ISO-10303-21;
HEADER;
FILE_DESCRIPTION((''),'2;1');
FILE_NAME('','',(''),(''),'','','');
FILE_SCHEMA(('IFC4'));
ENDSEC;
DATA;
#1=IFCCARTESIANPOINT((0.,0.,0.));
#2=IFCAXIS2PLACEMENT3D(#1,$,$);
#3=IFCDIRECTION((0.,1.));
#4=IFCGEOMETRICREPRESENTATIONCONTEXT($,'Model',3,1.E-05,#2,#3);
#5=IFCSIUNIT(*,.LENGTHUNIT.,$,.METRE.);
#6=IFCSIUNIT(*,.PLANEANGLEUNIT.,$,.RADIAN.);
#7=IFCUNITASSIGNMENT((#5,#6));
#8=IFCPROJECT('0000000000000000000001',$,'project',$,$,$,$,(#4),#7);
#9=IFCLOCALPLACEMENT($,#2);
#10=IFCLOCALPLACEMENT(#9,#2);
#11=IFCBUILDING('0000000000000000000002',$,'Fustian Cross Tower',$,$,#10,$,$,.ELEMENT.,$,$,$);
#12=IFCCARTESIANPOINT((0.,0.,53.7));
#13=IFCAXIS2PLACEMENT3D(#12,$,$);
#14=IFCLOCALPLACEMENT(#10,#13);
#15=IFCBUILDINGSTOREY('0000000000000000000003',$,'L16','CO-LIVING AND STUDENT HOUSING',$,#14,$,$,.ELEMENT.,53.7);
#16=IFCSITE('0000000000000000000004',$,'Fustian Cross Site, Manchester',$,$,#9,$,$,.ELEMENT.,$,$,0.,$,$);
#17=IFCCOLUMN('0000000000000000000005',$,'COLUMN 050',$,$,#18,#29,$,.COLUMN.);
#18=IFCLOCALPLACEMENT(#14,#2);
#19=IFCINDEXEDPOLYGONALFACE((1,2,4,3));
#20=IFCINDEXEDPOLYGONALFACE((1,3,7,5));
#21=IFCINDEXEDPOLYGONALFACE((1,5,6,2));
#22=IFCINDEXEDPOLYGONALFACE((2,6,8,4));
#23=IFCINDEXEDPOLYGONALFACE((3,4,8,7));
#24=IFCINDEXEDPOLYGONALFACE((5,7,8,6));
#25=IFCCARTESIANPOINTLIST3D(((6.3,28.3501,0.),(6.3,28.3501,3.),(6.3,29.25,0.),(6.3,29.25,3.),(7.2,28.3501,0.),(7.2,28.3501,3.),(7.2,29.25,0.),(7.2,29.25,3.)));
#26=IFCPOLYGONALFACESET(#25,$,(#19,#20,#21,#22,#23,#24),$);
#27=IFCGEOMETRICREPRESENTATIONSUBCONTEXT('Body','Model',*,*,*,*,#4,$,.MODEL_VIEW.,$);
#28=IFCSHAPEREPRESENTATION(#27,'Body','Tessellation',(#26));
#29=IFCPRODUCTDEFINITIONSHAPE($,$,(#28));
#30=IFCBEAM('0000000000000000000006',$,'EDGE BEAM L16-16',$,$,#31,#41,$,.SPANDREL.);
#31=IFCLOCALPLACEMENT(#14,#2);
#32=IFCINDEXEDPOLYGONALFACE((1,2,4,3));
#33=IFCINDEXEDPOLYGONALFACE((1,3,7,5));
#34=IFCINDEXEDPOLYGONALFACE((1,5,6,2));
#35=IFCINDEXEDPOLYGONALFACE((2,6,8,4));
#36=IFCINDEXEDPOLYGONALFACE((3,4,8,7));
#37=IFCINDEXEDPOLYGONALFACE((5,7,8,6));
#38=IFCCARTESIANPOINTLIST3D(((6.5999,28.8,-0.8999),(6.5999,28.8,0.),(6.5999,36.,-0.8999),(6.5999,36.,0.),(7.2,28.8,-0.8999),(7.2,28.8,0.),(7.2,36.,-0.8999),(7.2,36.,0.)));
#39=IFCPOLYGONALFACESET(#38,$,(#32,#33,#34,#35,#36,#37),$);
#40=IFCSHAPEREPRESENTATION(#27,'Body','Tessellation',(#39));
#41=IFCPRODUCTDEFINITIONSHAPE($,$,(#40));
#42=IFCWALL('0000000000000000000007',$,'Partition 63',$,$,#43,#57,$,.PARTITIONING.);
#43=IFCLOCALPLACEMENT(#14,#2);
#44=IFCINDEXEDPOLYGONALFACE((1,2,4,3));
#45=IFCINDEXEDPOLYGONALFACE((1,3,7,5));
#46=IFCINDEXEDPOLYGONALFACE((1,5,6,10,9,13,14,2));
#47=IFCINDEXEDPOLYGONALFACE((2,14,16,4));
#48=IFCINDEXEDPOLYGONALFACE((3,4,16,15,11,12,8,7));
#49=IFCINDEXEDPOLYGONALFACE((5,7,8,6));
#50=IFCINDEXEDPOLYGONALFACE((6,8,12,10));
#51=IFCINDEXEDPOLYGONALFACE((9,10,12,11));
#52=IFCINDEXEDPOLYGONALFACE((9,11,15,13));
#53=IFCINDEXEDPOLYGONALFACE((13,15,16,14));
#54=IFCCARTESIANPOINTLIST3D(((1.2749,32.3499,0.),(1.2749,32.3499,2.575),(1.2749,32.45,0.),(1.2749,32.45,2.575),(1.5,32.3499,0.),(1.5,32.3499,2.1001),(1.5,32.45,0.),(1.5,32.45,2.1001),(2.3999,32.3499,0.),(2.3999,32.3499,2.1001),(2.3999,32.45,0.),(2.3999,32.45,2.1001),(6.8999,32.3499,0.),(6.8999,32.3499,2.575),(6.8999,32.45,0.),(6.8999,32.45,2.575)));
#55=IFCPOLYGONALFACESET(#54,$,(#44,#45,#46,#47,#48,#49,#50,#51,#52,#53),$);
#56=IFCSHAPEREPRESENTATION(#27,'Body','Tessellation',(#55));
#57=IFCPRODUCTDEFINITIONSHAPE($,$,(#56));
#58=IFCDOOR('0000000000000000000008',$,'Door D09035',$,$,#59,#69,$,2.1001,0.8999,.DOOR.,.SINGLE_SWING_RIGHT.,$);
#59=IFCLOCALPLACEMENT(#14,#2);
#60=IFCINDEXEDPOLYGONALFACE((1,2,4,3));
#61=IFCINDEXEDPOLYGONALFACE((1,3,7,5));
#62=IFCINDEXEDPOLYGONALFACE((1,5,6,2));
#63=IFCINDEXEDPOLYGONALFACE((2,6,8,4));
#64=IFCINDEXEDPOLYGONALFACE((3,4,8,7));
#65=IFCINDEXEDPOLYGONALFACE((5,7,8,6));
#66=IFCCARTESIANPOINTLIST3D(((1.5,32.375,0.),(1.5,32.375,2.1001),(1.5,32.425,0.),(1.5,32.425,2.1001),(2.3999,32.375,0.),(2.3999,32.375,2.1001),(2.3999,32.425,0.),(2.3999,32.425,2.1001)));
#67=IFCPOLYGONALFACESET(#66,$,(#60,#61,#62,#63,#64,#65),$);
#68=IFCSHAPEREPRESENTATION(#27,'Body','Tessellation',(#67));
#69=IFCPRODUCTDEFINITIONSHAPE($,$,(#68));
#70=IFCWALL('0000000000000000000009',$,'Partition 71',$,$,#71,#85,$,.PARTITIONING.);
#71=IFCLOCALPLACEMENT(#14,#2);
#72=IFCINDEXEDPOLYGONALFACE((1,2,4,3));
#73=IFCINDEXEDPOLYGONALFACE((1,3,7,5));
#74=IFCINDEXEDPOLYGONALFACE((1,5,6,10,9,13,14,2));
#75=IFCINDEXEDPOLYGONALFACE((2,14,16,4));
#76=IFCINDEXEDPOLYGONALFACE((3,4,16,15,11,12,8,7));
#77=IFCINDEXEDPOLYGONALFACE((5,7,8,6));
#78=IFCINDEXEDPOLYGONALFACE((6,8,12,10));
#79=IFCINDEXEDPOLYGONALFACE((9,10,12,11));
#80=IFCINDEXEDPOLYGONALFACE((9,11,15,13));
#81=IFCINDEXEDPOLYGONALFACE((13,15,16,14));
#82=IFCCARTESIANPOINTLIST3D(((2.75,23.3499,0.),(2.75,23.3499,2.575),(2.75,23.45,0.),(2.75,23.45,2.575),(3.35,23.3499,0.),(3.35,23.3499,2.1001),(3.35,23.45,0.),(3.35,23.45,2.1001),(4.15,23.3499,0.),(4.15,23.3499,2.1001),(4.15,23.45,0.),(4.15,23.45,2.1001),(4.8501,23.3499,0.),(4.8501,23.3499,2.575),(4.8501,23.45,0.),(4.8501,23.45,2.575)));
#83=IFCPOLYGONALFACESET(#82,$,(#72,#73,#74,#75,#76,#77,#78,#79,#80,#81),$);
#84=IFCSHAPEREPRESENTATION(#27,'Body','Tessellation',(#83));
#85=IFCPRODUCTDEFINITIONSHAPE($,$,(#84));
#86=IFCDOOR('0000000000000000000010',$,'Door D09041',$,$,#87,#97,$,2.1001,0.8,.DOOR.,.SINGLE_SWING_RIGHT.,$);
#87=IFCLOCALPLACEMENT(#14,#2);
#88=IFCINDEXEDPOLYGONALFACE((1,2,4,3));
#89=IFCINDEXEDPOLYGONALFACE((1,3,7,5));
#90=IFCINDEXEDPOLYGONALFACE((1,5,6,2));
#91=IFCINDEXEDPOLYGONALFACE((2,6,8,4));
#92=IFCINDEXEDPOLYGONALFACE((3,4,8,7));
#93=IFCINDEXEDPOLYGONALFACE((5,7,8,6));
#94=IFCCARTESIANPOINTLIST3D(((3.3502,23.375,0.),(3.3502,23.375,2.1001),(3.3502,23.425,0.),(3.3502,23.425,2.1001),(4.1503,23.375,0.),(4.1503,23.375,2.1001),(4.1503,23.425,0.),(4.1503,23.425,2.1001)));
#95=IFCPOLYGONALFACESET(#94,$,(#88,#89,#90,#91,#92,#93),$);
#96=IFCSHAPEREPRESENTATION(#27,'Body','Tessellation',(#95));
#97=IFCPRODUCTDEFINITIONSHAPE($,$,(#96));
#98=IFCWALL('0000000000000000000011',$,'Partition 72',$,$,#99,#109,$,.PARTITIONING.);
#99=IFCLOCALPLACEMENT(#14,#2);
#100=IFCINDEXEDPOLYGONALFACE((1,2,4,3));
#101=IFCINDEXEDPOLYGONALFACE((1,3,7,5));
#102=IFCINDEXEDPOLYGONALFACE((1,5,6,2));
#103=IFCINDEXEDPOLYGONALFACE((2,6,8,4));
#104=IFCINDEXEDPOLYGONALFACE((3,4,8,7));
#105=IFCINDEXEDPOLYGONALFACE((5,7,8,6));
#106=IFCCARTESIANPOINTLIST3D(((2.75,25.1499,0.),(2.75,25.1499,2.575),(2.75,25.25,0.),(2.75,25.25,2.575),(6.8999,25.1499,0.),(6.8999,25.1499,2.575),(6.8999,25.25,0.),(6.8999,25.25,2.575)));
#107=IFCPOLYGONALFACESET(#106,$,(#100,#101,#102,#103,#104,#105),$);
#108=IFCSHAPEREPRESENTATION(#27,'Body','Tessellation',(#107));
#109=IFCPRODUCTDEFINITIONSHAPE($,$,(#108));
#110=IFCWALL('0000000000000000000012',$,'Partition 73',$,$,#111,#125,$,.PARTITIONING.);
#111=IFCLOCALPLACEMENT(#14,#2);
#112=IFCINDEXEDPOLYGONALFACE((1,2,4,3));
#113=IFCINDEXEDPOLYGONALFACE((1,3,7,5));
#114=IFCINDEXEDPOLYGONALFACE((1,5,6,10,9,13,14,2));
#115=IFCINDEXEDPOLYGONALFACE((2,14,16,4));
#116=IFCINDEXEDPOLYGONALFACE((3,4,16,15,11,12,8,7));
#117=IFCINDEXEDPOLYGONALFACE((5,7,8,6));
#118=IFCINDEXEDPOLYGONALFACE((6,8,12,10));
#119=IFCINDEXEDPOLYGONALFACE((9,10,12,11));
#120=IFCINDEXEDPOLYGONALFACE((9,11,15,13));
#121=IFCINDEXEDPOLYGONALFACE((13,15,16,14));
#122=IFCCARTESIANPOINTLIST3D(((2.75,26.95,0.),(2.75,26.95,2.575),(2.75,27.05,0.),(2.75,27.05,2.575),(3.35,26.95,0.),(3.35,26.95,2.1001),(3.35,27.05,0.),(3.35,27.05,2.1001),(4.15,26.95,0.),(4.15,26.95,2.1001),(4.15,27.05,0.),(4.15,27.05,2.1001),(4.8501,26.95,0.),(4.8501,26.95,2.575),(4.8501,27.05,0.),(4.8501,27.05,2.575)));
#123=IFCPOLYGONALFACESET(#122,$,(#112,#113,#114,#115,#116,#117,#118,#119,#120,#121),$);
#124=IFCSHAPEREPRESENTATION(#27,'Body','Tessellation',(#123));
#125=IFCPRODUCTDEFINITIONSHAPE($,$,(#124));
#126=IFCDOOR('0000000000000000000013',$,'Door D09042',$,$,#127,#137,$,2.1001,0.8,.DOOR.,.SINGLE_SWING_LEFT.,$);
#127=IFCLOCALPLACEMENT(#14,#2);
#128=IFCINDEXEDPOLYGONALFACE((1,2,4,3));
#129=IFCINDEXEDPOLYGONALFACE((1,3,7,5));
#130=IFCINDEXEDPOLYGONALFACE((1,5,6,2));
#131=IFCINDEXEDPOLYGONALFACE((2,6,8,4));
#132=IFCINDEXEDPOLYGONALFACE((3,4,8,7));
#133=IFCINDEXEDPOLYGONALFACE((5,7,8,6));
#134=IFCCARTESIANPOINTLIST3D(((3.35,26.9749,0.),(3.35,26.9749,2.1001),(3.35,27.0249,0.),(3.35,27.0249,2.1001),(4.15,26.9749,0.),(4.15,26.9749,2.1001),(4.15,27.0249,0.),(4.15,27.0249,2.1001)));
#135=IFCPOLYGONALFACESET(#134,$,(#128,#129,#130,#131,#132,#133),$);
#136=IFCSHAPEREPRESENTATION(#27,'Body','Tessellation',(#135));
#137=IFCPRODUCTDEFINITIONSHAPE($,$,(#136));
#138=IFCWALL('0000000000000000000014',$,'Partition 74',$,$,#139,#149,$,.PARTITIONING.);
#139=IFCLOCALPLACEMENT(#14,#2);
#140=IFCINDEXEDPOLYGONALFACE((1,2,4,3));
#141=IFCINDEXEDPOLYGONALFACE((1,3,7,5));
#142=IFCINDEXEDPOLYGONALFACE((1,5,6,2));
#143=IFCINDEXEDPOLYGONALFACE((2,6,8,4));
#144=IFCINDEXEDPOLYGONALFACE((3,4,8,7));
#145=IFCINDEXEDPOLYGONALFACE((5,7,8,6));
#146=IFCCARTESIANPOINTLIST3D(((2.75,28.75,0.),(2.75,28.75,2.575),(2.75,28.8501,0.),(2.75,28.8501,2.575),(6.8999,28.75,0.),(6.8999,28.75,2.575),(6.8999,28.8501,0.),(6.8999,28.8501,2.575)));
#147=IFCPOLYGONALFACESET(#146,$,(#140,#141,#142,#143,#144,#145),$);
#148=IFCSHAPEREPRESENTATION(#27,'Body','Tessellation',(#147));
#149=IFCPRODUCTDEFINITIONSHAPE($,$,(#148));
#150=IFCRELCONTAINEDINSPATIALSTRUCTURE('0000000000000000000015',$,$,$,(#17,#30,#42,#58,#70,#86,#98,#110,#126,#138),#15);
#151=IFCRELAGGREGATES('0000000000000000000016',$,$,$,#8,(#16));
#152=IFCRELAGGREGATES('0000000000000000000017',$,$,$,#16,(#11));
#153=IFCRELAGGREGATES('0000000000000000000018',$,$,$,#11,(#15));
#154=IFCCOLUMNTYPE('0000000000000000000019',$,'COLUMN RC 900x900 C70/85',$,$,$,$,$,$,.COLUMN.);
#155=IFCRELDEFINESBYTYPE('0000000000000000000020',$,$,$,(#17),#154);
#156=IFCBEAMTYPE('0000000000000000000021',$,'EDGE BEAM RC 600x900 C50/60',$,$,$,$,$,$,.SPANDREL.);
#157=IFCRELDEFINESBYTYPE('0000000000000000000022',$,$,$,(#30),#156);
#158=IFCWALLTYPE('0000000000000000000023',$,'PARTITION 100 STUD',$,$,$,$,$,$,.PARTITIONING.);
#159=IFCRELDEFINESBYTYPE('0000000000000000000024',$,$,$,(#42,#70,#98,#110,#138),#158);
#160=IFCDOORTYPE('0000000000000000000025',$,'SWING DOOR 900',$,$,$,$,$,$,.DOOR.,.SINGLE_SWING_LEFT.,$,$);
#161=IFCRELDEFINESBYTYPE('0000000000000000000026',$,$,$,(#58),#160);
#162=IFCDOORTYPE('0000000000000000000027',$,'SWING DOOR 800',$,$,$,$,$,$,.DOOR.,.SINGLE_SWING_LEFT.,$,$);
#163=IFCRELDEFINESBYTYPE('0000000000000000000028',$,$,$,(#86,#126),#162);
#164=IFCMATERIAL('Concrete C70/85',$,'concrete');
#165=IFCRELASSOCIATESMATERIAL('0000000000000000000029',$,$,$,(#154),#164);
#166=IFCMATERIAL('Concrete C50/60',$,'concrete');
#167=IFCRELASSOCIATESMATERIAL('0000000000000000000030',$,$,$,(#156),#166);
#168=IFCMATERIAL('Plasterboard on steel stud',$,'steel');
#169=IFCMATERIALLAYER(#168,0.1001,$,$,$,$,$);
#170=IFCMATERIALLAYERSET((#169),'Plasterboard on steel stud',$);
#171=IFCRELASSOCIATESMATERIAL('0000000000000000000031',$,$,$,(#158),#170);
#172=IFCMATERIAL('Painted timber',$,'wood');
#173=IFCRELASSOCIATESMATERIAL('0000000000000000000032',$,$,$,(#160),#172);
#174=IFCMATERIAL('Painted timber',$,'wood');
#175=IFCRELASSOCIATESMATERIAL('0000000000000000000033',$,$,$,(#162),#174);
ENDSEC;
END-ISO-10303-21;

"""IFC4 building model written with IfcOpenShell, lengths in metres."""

from ifc_helpers import new_model, si_unit, direction, frame, frame_2d, origin, origin_2d, place, context, subcontext, project, spatial, rectangle, extrude, material, layer, layer_set, material_profile, profile_set, type_object, element, fill, save


model = new_model("IFC4")

# Units and contexts
model_context = context("Model", 3, precision=1e-05, world=origin(), true_north=direction((0.0, 1.0)))
body_context = subcontext(model_context, "Body", "Model", "MODEL_VIEW")
ifc_project = project(units=[si_unit("LENGTHUNIT", "METRE"), si_unit("PLANEANGLEUNIT", "RADIAN")], contexts=[model_context])

# Site, building, storey
site_placement = place(None, origin())
site = spatial("IfcSite", under=ifc_project, at=site_placement, Name="Fustian Cross Site, Manchester", CompositionType="ELEMENT", RefElevation=0.0)
building_placement = place(site_placement, origin())
building = spatial("IfcBuilding", under=site, at=building_placement, Name="Fustian Cross Tower", CompositionType="ELEMENT")
storey_placement = place(building_placement, frame((0.0, 0.0, 53.7)))
storey = spatial("IfcBuildingStorey", under=building, at=storey_placement, Name="L16", Description="CO-LIVING AND STUDENT HOUSING", CompositionType="ELEMENT", Elevation=53.7)

# Column
ifc_material_1 = material(Name="Concrete C70/85", Category="concrete")
ifc_material_profile_1 = material_profile(ifc_material_1, rectangle(XDim=0.8999, YDim=0.8999, at=origin_2d()), Name="RC 900x900")
ifc_profile_set_1 = profile_set([ifc_material_profile_1], Name="Concrete C70/85")
column_type = type_object("IfcColumnType", Name="COLUMN RC 900x900 C70/85", PredefinedType="COLUMN", material=ifc_profile_set_1)
column_placement = place(storey_placement, frame((6.75, 28.8, 0.0), z_axis=(0.0, 0.0, 1.0), x_axis=(1.0, 0.0, 0.0)))
element("IfcColumn", 1, at=column_placement, inside=storey, type_object=column_type, Name="COLUMN 050", PredefinedType="COLUMN", context=body_context, shape_type="SweptSolid", body=[
    extrude(rectangle(XDim=0.8999, YDim=0.8999, at=origin_2d()), origin(), (0.0, 0.0, 1.0), 3.0),
])

# Beam
ifc_material_2 = material(Name="Concrete C50/60", Category="concrete")
ifc_material_profile_2 = material_profile(ifc_material_2, rectangle(XDim=0.6001, YDim=0.8999, at=origin_2d()), Name="RC 600x900")
ifc_profile_set_2 = profile_set([ifc_material_profile_2], Name="Concrete C50/60")
beam_type = type_object("IfcBeamType", Name="EDGE BEAM RC 600x900 C50/60", PredefinedType="SPANDREL", material=ifc_profile_set_2)
beam_placement = place(storey_placement, frame((6.8999, 28.8, -0.45), z_axis=(0.0, 1.0, 0.0), x_axis=(-1.0, 0.0, 0.0)))
element("IfcBeam", 2, at=beam_placement, inside=storey, type_object=beam_type, Name="EDGE BEAM L16-16", PredefinedType="SPANDREL", context=body_context, shape_type="SweptSolid", body=[
    extrude(rectangle(XDim=0.6001, YDim=0.8999, at=origin_2d()), origin(), (0.0, 0.0, 1.0), 7.2),
])

# Walls, openings, doors
ifc_material_3 = material(Name="Plasterboard on steel stud", Category="steel")
ifc_layer_1 = layer(ifc_material_3, 0.1001)
ifc_layer_set_1 = layer_set([ifc_layer_1], Name="Plasterboard on steel stud")
wall_type_1 = type_object("IfcWallType", Name="PARTITION 100 STUD", PredefinedType="PARTITIONING", material=ifc_layer_set_1)
wall_1_placement = place(storey_placement, frame((1.2749, 32.3999, 0.0), z_axis=(0.0, 0.0, 1.0), x_axis=(1.0, 0.0, 0.0)))
wall_1 = element("IfcWall", 3, at=wall_1_placement, inside=storey, type_object=wall_type_1, Name="Partition 63", PredefinedType="PARTITIONING", context=body_context, shape_type="SweptSolid", body=[
    extrude(rectangle(XDim=5.625, YDim=0.1001, at=frame_2d((2.8125, 0.0))), origin(), (0.0, 0.0, 1.0), 2.575),
])
opening_1_placement = place(wall_1_placement, frame((0.2251, 0.0, 0.0)))
opening_1 = element("IfcOpeningElement", 4, at=opening_1_placement, cuts=wall_1, PredefinedType="OPENING", context=body_context, shape_type="SweptSolid", body=[
    extrude(rectangle(XDim=0.8999, YDim=2.1001, at=frame_2d((0.45, 1.05))), frame((0.0, 0.0601, 0.0), z_axis=(0.0, -1.0, 0.0), x_axis=(1.0, 0.0, 0.0)), (0.0, 0.0, 1.0), 0.1201),
])
ifc_material_4 = material(Name="Painted timber", Category="wood")
door_type_1 = type_object("IfcDoorType", Name="SWING DOOR 900", OperationType="SINGLE_SWING_LEFT", PredefinedType="DOOR", material=ifc_material_4)
door_1_placement = place(opening_1_placement, frame((0.8999, 0.0, 0.0), z_axis=(0.0, 0.0, 1.0), x_axis=(-1.0, 0.0, 0.0)))
door_1 = element("IfcDoor", 5, at=door_1_placement, inside=storey, type_object=door_type_1, Name="Door D09035", OperationType="SINGLE_SWING_RIGHT", OverallHeight=2.1001, OverallWidth=0.8999, PredefinedType="DOOR", context=body_context, shape_type="SweptSolid", body=[
    extrude(rectangle(XDim=0.8999, YDim=2.1001, at=frame_2d((0.45, 1.05))), frame((0.0, 0.0249, 0.0), z_axis=(0.0, -1.0, 0.0), x_axis=(1.0, 0.0, 0.0)), (0.0, 0.0, 1.0), 0.05),
])
fill(opening_1, door_1)
wall_2_placement = place(storey_placement, frame((2.75, 23.3999, 0.0), z_axis=(0.0, 0.0, 1.0), x_axis=(1.0, 0.0, 0.0)))
wall_2 = element("IfcWall", 6, at=wall_2_placement, inside=storey, type_object=wall_type_1, Name="Partition 71", PredefinedType="PARTITIONING", context=body_context, shape_type="SweptSolid", body=[
    extrude(rectangle(XDim=2.1001, YDim=0.1001, at=frame_2d((1.05, 0.0))), origin(), (0.0, 0.0, 1.0), 2.575),
])
opening_2_placement = place(wall_2_placement, frame((0.6001, 0.0, 0.0)))
opening_2 = element("IfcOpeningElement", 7, at=opening_2_placement, cuts=wall_2, PredefinedType="OPENING", context=body_context, shape_type="SweptSolid", body=[
    extrude(rectangle(XDim=0.8, YDim=2.1001, at=frame_2d((0.3999, 1.05))), frame((0.0, 0.0601, 0.0), z_axis=(0.0, -1.0, 0.0), x_axis=(1.0, 0.0, 0.0)), (0.0, 0.0, 1.0), 0.1201),
])
ifc_material_5 = material(Name="Painted timber", Category="wood")
door_type_2 = type_object("IfcDoorType", Name="SWING DOOR 800", OperationType="SINGLE_SWING_LEFT", PredefinedType="DOOR", material=ifc_material_5)
door_2_placement = place(opening_2_placement, frame((0.8, 0.0, 0.0), z_axis=(0.0, 0.0, 1.0), x_axis=(-1.0, 0.0, 0.0)))
door_2 = element("IfcDoor", 8, at=door_2_placement, inside=storey, type_object=door_type_2, Name="Door D09041", OperationType="SINGLE_SWING_RIGHT", OverallHeight=2.1001, OverallWidth=0.8, PredefinedType="DOOR", context=body_context, shape_type="SweptSolid", body=[
    extrude(rectangle(XDim=0.8, YDim=2.1001, at=frame_2d((0.3999, 1.05))), frame((0.0, 0.0249, 0.0), z_axis=(0.0, -1.0, 0.0), x_axis=(1.0, 0.0, 0.0)), (0.0, 0.0, 1.0), 0.05),
])
fill(opening_2, door_2)

# Wall
wall_3_placement = place(storey_placement, frame((2.75, 25.2, 0.0), z_axis=(0.0, 0.0, 1.0), x_axis=(1.0, 0.0, 0.0)))
element("IfcWall", 9, at=wall_3_placement, inside=storey, type_object=wall_type_1, Name="Partition 72", PredefinedType="PARTITIONING", context=body_context, shape_type="SweptSolid", body=[
    extrude(rectangle(XDim=4.1499, YDim=0.1001, at=frame_2d((2.075, 0.0))), origin(), (0.0, 0.0, 1.0), 2.575),
])

# Wall, opening, door
wall_4_placement = place(storey_placement, frame((2.75, 27.0, 0.0), z_axis=(0.0, 0.0, 1.0), x_axis=(1.0, 0.0, 0.0)))
wall_4 = element("IfcWall", 10, at=wall_4_placement, inside=storey, type_object=wall_type_1, Name="Partition 73", PredefinedType="PARTITIONING", context=body_context, shape_type="SweptSolid", body=[
    extrude(rectangle(XDim=2.1001, YDim=0.1001, at=frame_2d((1.05, 0.0))), origin(), (0.0, 0.0, 1.0), 2.575),
])
opening_3_placement = place(wall_4_placement, frame((0.6001, 0.0, 0.0)))
opening_3 = element("IfcOpeningElement", 11, at=opening_3_placement, cuts=wall_4, PredefinedType="OPENING", context=body_context, shape_type="SweptSolid", body=[
    extrude(rectangle(XDim=0.8, YDim=2.1001, at=frame_2d((0.3999, 1.05))), frame((0.0, 0.0601, 0.0), z_axis=(0.0, -1.0, 0.0), x_axis=(1.0, 0.0, 0.0)), (0.0, 0.0, 1.0), 0.1201),
])
door_3_placement = place(opening_3_placement, origin())
door_3 = element("IfcDoor", 12, at=door_3_placement, inside=storey, type_object=door_type_2, Name="Door D09042", OperationType="SINGLE_SWING_LEFT", OverallHeight=2.1001, OverallWidth=0.8, PredefinedType="DOOR", context=body_context, shape_type="SweptSolid", body=[
    extrude(rectangle(XDim=0.8, YDim=2.1001, at=frame_2d((0.3999, 1.05))), frame((0.0, 0.0249, 0.0), z_axis=(0.0, -1.0, 0.0), x_axis=(1.0, 0.0, 0.0)), (0.0, 0.0, 1.0), 0.05),
])
fill(opening_3, door_3)

# Wall
wall_5_placement = place(storey_placement, frame((2.75, 28.8, 0.0), z_axis=(0.0, 0.0, 1.0), x_axis=(1.0, 0.0, 0.0)))
element("IfcWall", 13, at=wall_5_placement, inside=storey, type_object=wall_type_1, Name="Partition 74", PredefinedType="PARTITIONING", context=body_context, shape_type="SweptSolid", body=[
    extrude(rectangle(XDim=4.1499, YDim=0.1001, at=frame_2d((2.075, 0.0))), origin(), (0.0, 0.0, 1.0), 2.575),
])

save(model, "model.ifc")
